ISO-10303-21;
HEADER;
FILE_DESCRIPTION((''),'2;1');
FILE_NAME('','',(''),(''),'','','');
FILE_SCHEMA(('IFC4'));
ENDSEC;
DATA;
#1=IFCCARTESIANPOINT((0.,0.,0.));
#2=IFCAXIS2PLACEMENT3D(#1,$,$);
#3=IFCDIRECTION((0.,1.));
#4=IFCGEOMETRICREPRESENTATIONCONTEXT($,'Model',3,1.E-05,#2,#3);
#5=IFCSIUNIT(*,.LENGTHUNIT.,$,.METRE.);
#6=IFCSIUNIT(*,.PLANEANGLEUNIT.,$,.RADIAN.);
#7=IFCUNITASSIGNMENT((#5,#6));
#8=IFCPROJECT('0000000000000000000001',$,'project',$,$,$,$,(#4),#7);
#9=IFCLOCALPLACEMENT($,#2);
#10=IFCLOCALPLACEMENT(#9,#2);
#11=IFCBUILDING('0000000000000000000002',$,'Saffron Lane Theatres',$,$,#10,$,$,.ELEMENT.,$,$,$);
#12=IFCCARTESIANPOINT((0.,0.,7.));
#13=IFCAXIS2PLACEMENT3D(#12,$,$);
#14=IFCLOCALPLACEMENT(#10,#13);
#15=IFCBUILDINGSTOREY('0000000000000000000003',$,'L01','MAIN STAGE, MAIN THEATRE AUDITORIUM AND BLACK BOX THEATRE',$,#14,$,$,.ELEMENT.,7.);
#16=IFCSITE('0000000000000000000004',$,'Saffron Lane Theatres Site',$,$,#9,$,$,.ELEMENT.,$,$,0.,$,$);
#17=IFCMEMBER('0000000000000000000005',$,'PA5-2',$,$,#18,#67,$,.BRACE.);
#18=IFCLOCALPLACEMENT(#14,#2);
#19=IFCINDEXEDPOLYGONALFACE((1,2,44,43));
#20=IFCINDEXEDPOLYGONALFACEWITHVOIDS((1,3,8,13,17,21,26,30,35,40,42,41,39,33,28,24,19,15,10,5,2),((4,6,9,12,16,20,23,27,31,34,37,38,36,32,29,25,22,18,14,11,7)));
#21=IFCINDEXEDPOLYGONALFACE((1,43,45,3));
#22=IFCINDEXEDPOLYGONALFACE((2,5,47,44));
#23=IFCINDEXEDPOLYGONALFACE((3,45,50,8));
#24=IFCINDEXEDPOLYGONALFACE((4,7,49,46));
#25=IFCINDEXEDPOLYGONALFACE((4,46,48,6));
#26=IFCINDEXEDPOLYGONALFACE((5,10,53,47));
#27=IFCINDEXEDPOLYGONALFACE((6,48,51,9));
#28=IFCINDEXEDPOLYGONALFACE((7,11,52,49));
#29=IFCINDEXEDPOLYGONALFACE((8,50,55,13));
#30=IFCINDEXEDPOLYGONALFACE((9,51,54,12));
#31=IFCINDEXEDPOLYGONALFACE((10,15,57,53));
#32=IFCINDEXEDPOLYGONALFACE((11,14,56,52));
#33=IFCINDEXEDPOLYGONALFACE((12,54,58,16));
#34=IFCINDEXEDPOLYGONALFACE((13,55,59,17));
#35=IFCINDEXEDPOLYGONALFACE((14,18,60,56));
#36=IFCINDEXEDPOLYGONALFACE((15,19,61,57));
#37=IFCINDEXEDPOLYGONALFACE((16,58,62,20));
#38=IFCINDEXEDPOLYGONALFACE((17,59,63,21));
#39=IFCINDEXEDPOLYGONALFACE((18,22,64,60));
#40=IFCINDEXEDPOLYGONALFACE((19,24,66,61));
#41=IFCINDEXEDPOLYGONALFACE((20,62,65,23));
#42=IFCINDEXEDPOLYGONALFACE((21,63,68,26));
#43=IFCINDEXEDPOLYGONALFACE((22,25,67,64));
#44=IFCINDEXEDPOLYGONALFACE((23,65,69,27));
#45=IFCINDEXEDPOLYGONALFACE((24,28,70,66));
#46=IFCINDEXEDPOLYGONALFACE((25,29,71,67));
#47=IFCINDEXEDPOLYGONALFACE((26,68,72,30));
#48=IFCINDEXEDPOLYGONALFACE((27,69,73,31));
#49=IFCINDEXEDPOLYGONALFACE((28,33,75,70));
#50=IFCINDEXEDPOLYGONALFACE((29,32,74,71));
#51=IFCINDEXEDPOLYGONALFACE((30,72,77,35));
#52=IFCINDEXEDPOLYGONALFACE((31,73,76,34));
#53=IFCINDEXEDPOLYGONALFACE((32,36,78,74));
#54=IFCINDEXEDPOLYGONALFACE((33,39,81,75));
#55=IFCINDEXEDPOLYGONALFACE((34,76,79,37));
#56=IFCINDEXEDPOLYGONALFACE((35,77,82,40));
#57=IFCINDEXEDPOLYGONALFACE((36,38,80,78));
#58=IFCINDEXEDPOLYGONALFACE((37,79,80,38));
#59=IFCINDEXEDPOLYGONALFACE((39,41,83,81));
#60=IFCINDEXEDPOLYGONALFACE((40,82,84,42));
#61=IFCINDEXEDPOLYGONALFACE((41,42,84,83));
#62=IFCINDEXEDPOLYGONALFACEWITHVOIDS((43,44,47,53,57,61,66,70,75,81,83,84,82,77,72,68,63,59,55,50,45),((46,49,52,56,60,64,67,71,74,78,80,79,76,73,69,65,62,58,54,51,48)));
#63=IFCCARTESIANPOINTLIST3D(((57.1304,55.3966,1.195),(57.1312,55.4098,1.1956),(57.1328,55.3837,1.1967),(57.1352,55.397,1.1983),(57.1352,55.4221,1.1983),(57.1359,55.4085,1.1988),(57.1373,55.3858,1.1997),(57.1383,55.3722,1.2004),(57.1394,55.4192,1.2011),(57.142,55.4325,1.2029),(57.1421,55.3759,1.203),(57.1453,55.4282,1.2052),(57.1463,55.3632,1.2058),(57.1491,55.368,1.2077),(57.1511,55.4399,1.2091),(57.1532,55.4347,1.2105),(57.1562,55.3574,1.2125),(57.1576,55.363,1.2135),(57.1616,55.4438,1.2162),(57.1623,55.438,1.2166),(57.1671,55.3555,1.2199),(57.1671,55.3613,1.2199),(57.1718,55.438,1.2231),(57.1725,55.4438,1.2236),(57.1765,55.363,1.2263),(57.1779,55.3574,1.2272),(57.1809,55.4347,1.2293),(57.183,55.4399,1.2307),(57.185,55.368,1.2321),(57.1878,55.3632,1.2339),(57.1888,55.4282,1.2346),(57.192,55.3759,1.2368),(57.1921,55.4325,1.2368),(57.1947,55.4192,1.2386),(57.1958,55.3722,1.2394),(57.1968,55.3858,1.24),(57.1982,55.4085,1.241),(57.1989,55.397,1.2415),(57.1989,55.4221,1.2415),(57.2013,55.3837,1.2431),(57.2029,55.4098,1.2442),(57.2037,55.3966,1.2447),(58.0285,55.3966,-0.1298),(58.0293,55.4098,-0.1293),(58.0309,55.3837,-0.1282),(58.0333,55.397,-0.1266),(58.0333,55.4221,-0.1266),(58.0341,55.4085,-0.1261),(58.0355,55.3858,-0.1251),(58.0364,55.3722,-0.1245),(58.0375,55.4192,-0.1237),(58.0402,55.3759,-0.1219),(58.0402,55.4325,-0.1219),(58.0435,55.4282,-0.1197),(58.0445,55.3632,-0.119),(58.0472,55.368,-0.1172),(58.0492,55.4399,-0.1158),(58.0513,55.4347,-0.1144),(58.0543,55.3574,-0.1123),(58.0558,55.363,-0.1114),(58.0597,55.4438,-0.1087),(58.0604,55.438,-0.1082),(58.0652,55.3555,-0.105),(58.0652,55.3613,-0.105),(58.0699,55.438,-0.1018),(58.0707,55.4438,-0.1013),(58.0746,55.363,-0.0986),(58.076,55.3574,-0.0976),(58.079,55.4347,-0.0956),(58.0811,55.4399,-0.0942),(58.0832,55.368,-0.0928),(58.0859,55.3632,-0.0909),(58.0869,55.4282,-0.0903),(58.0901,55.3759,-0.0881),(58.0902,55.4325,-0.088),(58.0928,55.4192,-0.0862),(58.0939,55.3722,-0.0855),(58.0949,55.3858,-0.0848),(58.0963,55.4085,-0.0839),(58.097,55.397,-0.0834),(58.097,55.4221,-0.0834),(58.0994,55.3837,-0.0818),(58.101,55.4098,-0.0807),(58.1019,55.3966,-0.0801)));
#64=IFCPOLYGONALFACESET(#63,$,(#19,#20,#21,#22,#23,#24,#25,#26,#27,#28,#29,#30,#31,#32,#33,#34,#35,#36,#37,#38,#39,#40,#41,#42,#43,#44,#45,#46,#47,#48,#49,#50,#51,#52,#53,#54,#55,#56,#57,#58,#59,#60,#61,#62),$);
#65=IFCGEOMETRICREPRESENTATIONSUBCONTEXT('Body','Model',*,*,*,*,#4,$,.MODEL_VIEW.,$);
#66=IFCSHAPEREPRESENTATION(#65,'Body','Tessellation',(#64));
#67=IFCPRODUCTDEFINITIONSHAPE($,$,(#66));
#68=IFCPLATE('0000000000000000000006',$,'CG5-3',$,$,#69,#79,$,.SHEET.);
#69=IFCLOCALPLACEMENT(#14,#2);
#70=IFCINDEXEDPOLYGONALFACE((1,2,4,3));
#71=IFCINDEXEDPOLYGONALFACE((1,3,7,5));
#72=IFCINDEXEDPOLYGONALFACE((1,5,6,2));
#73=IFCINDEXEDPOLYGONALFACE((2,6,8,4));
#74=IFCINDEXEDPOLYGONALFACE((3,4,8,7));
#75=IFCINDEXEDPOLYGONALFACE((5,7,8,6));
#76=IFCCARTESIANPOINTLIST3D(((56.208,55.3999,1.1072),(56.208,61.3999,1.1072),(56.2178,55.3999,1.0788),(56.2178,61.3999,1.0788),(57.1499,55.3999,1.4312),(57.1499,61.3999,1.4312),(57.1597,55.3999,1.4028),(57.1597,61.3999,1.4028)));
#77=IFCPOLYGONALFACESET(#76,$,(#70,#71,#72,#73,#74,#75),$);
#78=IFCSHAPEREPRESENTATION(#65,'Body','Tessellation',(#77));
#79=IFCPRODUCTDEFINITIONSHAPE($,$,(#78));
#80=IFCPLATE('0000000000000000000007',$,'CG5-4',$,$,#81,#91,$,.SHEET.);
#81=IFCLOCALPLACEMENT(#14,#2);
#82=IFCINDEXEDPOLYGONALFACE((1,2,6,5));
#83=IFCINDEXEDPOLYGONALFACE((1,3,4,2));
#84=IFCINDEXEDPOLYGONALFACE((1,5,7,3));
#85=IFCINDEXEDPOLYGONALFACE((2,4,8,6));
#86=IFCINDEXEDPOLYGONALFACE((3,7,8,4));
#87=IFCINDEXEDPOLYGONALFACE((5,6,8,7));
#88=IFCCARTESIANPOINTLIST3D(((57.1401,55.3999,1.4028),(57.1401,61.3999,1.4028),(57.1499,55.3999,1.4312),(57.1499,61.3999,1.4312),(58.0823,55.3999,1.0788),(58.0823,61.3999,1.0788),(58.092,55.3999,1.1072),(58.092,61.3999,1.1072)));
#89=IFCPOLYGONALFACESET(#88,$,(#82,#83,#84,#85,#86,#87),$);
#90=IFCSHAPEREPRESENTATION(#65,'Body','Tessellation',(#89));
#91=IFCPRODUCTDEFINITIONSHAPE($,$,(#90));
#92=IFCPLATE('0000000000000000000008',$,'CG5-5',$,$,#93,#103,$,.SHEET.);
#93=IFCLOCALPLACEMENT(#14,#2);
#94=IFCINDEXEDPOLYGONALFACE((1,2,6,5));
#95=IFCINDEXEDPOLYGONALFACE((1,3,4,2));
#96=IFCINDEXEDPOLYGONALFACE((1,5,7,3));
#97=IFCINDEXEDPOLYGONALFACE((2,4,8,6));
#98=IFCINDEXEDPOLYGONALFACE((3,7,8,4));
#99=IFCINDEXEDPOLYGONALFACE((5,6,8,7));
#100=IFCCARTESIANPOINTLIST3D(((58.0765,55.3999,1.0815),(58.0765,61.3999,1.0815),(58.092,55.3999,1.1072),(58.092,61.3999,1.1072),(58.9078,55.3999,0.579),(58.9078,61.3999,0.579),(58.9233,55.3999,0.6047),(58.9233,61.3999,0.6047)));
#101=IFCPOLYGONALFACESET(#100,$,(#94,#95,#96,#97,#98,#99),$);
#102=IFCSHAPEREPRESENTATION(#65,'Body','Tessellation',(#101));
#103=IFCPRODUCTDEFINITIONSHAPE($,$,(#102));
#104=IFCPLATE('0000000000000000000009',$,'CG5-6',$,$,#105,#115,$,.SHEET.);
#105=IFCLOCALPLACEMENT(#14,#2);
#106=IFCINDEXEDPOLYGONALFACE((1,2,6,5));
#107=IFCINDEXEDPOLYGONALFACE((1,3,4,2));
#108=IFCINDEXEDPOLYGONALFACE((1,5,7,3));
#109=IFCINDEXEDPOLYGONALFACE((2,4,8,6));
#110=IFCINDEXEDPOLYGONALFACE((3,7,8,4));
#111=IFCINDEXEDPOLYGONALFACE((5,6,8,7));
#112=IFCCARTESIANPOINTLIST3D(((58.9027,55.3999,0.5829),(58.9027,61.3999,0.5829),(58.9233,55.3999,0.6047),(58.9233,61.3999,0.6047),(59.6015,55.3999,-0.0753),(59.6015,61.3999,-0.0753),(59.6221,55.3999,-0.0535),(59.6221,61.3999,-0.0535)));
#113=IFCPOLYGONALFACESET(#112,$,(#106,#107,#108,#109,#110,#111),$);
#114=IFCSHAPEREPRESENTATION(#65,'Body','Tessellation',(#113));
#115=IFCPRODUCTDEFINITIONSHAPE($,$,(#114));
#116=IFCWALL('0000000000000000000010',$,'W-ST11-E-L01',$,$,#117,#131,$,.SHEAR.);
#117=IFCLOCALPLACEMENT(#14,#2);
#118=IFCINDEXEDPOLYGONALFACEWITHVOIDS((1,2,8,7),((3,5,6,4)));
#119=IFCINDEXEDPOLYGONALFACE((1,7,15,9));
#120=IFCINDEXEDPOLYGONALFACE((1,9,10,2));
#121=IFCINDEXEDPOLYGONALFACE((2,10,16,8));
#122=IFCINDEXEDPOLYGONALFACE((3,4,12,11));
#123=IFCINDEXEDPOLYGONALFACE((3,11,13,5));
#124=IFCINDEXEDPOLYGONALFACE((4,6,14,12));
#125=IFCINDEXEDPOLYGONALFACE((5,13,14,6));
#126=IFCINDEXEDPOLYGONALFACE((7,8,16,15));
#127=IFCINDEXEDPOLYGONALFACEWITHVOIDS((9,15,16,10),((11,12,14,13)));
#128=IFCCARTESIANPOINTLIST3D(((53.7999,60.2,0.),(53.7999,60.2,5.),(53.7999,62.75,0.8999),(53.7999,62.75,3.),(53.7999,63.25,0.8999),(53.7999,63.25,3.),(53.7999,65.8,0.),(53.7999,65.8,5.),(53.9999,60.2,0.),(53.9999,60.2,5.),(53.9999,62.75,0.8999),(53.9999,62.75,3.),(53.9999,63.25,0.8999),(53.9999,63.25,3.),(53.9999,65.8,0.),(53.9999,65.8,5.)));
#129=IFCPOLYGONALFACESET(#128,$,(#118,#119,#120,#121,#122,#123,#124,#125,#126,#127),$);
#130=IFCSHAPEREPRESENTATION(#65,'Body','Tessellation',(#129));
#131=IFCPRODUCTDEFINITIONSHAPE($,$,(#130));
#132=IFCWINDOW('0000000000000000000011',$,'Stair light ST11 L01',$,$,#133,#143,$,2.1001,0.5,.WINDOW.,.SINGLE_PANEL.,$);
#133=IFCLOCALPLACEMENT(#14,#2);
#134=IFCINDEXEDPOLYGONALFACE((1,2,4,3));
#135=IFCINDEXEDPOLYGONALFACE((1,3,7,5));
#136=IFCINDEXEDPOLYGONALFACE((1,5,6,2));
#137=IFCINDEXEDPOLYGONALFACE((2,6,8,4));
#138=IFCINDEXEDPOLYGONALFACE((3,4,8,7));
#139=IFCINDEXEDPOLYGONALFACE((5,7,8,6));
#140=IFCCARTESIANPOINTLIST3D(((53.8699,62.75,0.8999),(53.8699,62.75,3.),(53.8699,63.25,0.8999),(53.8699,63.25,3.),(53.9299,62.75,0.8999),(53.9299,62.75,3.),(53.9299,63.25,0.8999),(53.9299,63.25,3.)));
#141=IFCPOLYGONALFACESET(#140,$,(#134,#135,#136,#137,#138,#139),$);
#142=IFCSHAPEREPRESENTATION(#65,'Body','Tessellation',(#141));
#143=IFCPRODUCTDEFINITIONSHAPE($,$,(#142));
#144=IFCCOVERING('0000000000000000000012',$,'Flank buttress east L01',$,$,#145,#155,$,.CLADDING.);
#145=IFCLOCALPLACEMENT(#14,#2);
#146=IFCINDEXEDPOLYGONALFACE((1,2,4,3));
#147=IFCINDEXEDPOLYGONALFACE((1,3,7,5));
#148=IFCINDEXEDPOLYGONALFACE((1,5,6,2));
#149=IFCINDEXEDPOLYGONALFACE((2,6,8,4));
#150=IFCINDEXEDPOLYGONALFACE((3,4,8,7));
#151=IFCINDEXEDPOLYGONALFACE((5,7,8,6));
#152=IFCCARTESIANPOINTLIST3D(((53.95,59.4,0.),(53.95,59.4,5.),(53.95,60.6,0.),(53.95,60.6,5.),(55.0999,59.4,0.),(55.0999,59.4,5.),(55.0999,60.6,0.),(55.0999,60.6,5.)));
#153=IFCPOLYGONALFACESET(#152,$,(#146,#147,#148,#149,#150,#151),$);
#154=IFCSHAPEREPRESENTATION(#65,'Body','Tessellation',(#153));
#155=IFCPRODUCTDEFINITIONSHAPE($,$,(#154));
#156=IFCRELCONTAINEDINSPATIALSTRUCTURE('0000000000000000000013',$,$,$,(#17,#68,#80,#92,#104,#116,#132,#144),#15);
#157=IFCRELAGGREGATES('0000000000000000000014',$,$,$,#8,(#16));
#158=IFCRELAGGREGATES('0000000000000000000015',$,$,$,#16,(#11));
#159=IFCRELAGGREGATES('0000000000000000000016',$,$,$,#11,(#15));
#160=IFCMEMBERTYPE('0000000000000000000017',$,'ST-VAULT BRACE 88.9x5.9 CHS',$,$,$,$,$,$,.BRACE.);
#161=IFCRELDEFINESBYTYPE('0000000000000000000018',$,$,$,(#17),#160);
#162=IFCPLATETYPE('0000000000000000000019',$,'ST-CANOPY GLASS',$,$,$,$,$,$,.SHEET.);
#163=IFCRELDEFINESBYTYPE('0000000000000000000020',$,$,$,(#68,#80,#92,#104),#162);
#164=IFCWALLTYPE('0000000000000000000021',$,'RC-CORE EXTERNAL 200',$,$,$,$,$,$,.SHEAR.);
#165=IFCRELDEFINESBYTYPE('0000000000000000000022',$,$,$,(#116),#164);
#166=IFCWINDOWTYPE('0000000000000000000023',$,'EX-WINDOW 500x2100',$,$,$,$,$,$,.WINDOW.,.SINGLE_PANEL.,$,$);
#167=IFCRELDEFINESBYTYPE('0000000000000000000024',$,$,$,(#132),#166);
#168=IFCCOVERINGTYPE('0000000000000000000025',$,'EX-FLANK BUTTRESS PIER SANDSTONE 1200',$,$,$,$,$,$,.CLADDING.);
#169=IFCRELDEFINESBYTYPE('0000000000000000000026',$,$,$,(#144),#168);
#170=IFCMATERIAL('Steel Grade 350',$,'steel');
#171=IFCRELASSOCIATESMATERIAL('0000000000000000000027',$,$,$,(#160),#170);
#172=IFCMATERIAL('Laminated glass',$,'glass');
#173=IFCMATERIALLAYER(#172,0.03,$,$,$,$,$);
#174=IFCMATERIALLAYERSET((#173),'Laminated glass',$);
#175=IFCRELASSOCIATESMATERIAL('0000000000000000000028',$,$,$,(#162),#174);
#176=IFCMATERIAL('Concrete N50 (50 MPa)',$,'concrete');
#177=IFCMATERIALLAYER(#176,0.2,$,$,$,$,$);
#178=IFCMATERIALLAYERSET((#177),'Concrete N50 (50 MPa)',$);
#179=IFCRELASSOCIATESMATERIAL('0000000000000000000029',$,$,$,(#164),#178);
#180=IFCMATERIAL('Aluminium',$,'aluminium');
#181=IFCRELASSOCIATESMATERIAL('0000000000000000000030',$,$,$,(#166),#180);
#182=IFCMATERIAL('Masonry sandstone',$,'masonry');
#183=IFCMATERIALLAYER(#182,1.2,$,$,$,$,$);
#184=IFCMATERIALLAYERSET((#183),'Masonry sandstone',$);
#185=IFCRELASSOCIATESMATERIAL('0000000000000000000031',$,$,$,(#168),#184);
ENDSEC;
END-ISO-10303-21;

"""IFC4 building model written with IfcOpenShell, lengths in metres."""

from ifc_helpers import new_model, si_unit, direction, frame, frame_2d, origin, origin_2d, place, context, subcontext, project, spatial, polyline, rectangle, hollow_circle, outline, extrude, material, layer, layer_set, material_profile, profile_set, type_object, element, fill, save


model = new_model("IFC4")

# Units and contexts
model_context = context("Model", 3, precision=1e-05, world=origin(), true_north=direction((0.0, 1.0)))
body_context = subcontext(model_context, "Body", "Model", "MODEL_VIEW")
ifc_project = project(units=[si_unit("LENGTHUNIT", "METRE"), si_unit("PLANEANGLEUNIT", "RADIAN")], contexts=[model_context])

# Site, building, storey
site_placement = place(None, origin())
site = spatial("IfcSite", under=ifc_project, at=site_placement, Name="Saffron Lane Theatres Site", CompositionType="ELEMENT", RefElevation=0.0)
building_placement = place(site_placement, origin())
building = spatial("IfcBuilding", under=site, at=building_placement, Name="Saffron Lane Theatres", CompositionType="ELEMENT")
storey_placement = place(building_placement, frame((0.0, 0.0, 7.0)))
storey = spatial("IfcBuildingStorey", under=building, at=storey_placement, Name="L01", Description="MAIN STAGE, MAIN THEATRE AUDITORIUM AND BLACK BOX THEATRE", CompositionType="ELEMENT", Elevation=7.0)

# Member
ifc_material_1 = material(Name="Steel Grade 350", Category="steel")
ifc_material_profile_1 = material_profile(ifc_material_1, hollow_circle(Radius=0.0444, WallThickness=0.0059, at=origin_2d()))
ifc_profile_set_1 = profile_set([ifc_material_profile_1], Name="Steel Grade 350")
member_type = type_object("IfcMemberType", Name="ST-VAULT BRACE 88.9x5.9 CHS", PredefinedType="BRACE", material=ifc_profile_set_1)
member_1_placement = place(storey_placement, frame((58.0652, 55.3999, -0.105), z_axis=(-0.561125, 0.0, 0.827731), x_axis=(0.0, -1.0, 0.0)))
element("IfcMember", 1, at=member_1_placement, inside=storey, type_object=member_type, Name="PA5-2", PredefinedType="BRACE", context=body_context, shape_type="SweptSolid", body=[
    extrude(hollow_circle(Radius=0.0444, WallThickness=0.0059, at=origin_2d()), origin(), (0.0, 0.0, 1.0), 1.6006),
])

# Plates
ifc_material_2 = material(Name="Laminated glass", Category="glass")
ifc_layer_1 = layer(ifc_material_2, 0.03)
ifc_layer_set_1 = layer_set([ifc_layer_1], Name="Laminated glass")
plate_type = type_object("IfcPlateType", Name="ST-CANOPY GLASS", PredefinedType="SHEET", material=ifc_layer_set_1)
plate_1_placement = place(storey_placement, frame((56.208, 55.3999, 1.1072), z_axis=(-0.325258, 0.0, 0.945625), x_axis=(0.945625, 0.0, 0.325258)))
element("IfcPlate", 2, at=plate_1_placement, inside=storey, type_object=plate_type, Name="CG5-3", PredefinedType="SHEET", context=body_context, shape_type="SweptSolid", body=[
    extrude(outline(polyline([(0.0, 0.0), (0.9961, 0.0), (0.9961, 6.0), (0.0, 6.0), (0.0, 0.0)])), origin(), (0.0, 0.0, -1.0), 0.03),
])
plate_2_placement = place(storey_placement, frame((57.1499, 55.3999, 1.4312), z_axis=(0.325182, 0.0, 0.945651), x_axis=(0.945651, 0.0, -0.325182)))
element("IfcPlate", 3, at=plate_2_placement, inside=storey, type_object=plate_type, Name="CG5-4", PredefinedType="SHEET", context=body_context, shape_type="SweptSolid", body=[
    extrude(outline(polyline([(0.0, 0.0), (0.9963, 0.0), (0.9963, 6.0), (0.0, 6.0), (0.0, 0.0)])), origin(), (0.0, 0.0, -1.0), 0.03),
])
plate_3_placement = place(storey_placement, frame((58.092, 55.3999, 1.1072), z_axis=(0.517265, 0.0, 0.855825), x_axis=(0.855825, 0.0, -0.517265)))
element("IfcPlate", 4, at=plate_3_placement, inside=storey, type_object=plate_type, Name="CG5-5", PredefinedType="SHEET", context=body_context, shape_type="SweptSolid", body=[
    extrude(outline(polyline([(0.0, 0.0), (0.9713, 0.0), (0.9713, 6.0), (0.0, 6.0), (0.0, 0.0)])), origin(), (0.0, 0.0, -1.0), 0.03),
])
plate_4_placement = place(storey_placement, frame((58.9233, 55.3999, 0.6047), z_axis=(0.685682, 0.0, 0.727901), x_axis=(0.727901, 0.0, -0.685682)))
element("IfcPlate", 5, at=plate_4_placement, inside=storey, type_object=plate_type, Name="CG5-6", PredefinedType="SHEET", context=body_context, shape_type="SweptSolid", body=[
    extrude(outline(polyline([(0.0, 0.0), (0.9599, 0.0), (0.9599, 6.0), (0.0, 6.0), (0.0, 0.0)])), origin(), (0.0, 0.0, -1.0), 0.03),
])

# Wall, opening, window
ifc_material_3 = material(Name="Concrete N50 (50 MPa)", Category="concrete")
ifc_layer_2 = layer(ifc_material_3, 0.2)
ifc_layer_set_2 = layer_set([ifc_layer_2], Name="Concrete N50 (50 MPa)")
wall_type = type_object("IfcWallType", Name="RC-CORE EXTERNAL 200", PredefinedType="SHEAR", material=ifc_layer_set_2)
wall_placement = place(storey_placement, frame((53.8999, 60.2, 0.0), z_axis=(0.0, 0.0, 1.0), x_axis=(0.0, 1.0, 0.0)))
wall = element("IfcWall", 6, at=wall_placement, inside=storey, type_object=wall_type, Name="W-ST11-E-L01", PredefinedType="SHEAR", context=body_context, shape_type="SweptSolid", body=[
    extrude(rectangle(XDim=5.6001, YDim=0.2, at=frame_2d((2.8, 0.0))), origin(), (0.0, 0.0, 1.0), 5.0),
])
opening_placement = place(wall_placement, frame((2.55, 0.0, 0.8999)))
opening = element("IfcOpeningElement", 7, at=opening_placement, cuts=wall, PredefinedType="OPENING", context=body_context, shape_type="SweptSolid", body=[
    extrude(rectangle(XDim=0.5, YDim=2.1001, at=frame_2d((0.25, 1.05))), frame((0.0, 0.1099, 0.0), z_axis=(0.0, -1.0, 0.0), x_axis=(1.0, 0.0, 0.0)), (0.0, 0.0, 1.0), 0.22),
])
ifc_material_4 = material(Name="Aluminium", Category="aluminium")
window_type = type_object("IfcWindowType", Name="EX-WINDOW 500x2100", PartitioningType="SINGLE_PANEL", PredefinedType="WINDOW", material=ifc_material_4)
window_placement = place(opening_placement, origin())
window = element("IfcWindow", 8, at=window_placement, inside=storey, type_object=window_type, Name="Stair light ST11 L01", OverallHeight=2.1001, OverallWidth=0.5, PartitioningType="SINGLE_PANEL", PredefinedType="WINDOW", context=body_context, shape_type="SweptSolid", body=[
    extrude(rectangle(XDim=0.5, YDim=2.1001, at=frame_2d((0.25, 1.05))), frame((0.0, 0.03, 0.0), z_axis=(0.0, -1.0, 0.0), x_axis=(1.0, 0.0, 0.0)), (0.0, 0.0, 1.0), 0.0601),
])
fill(opening, window)

# Covering
ifc_material_5 = material(Name="Masonry sandstone", Category="masonry")
ifc_layer_3 = layer(ifc_material_5, 1.2)
ifc_layer_set_3 = layer_set([ifc_layer_3], Name="Masonry sandstone")
covering_type_1 = type_object("IfcCoveringType", Name="EX-FLANK BUTTRESS PIER SANDSTONE 1200", PredefinedType="CLADDING", material=ifc_layer_set_3)
covering_1_placement = place(storey_placement, frame((54.5249, 60.0, 0.0), z_axis=(0.0, 0.0, 1.0), x_axis=(0.0, 1.0, 0.0)))
element("IfcCovering", 9, at=covering_1_placement, inside=storey, type_object=covering_type_1, Name="Flank buttress east L01", PredefinedType="CLADDING", context=body_context, shape_type="SweptSolid", body=[
    extrude(rectangle(XDim=1.2, YDim=1.1499, at=origin_2d()), origin(), (0.0, 0.0, 1.0), 5.0),
])

save(model, "model.ifc")
